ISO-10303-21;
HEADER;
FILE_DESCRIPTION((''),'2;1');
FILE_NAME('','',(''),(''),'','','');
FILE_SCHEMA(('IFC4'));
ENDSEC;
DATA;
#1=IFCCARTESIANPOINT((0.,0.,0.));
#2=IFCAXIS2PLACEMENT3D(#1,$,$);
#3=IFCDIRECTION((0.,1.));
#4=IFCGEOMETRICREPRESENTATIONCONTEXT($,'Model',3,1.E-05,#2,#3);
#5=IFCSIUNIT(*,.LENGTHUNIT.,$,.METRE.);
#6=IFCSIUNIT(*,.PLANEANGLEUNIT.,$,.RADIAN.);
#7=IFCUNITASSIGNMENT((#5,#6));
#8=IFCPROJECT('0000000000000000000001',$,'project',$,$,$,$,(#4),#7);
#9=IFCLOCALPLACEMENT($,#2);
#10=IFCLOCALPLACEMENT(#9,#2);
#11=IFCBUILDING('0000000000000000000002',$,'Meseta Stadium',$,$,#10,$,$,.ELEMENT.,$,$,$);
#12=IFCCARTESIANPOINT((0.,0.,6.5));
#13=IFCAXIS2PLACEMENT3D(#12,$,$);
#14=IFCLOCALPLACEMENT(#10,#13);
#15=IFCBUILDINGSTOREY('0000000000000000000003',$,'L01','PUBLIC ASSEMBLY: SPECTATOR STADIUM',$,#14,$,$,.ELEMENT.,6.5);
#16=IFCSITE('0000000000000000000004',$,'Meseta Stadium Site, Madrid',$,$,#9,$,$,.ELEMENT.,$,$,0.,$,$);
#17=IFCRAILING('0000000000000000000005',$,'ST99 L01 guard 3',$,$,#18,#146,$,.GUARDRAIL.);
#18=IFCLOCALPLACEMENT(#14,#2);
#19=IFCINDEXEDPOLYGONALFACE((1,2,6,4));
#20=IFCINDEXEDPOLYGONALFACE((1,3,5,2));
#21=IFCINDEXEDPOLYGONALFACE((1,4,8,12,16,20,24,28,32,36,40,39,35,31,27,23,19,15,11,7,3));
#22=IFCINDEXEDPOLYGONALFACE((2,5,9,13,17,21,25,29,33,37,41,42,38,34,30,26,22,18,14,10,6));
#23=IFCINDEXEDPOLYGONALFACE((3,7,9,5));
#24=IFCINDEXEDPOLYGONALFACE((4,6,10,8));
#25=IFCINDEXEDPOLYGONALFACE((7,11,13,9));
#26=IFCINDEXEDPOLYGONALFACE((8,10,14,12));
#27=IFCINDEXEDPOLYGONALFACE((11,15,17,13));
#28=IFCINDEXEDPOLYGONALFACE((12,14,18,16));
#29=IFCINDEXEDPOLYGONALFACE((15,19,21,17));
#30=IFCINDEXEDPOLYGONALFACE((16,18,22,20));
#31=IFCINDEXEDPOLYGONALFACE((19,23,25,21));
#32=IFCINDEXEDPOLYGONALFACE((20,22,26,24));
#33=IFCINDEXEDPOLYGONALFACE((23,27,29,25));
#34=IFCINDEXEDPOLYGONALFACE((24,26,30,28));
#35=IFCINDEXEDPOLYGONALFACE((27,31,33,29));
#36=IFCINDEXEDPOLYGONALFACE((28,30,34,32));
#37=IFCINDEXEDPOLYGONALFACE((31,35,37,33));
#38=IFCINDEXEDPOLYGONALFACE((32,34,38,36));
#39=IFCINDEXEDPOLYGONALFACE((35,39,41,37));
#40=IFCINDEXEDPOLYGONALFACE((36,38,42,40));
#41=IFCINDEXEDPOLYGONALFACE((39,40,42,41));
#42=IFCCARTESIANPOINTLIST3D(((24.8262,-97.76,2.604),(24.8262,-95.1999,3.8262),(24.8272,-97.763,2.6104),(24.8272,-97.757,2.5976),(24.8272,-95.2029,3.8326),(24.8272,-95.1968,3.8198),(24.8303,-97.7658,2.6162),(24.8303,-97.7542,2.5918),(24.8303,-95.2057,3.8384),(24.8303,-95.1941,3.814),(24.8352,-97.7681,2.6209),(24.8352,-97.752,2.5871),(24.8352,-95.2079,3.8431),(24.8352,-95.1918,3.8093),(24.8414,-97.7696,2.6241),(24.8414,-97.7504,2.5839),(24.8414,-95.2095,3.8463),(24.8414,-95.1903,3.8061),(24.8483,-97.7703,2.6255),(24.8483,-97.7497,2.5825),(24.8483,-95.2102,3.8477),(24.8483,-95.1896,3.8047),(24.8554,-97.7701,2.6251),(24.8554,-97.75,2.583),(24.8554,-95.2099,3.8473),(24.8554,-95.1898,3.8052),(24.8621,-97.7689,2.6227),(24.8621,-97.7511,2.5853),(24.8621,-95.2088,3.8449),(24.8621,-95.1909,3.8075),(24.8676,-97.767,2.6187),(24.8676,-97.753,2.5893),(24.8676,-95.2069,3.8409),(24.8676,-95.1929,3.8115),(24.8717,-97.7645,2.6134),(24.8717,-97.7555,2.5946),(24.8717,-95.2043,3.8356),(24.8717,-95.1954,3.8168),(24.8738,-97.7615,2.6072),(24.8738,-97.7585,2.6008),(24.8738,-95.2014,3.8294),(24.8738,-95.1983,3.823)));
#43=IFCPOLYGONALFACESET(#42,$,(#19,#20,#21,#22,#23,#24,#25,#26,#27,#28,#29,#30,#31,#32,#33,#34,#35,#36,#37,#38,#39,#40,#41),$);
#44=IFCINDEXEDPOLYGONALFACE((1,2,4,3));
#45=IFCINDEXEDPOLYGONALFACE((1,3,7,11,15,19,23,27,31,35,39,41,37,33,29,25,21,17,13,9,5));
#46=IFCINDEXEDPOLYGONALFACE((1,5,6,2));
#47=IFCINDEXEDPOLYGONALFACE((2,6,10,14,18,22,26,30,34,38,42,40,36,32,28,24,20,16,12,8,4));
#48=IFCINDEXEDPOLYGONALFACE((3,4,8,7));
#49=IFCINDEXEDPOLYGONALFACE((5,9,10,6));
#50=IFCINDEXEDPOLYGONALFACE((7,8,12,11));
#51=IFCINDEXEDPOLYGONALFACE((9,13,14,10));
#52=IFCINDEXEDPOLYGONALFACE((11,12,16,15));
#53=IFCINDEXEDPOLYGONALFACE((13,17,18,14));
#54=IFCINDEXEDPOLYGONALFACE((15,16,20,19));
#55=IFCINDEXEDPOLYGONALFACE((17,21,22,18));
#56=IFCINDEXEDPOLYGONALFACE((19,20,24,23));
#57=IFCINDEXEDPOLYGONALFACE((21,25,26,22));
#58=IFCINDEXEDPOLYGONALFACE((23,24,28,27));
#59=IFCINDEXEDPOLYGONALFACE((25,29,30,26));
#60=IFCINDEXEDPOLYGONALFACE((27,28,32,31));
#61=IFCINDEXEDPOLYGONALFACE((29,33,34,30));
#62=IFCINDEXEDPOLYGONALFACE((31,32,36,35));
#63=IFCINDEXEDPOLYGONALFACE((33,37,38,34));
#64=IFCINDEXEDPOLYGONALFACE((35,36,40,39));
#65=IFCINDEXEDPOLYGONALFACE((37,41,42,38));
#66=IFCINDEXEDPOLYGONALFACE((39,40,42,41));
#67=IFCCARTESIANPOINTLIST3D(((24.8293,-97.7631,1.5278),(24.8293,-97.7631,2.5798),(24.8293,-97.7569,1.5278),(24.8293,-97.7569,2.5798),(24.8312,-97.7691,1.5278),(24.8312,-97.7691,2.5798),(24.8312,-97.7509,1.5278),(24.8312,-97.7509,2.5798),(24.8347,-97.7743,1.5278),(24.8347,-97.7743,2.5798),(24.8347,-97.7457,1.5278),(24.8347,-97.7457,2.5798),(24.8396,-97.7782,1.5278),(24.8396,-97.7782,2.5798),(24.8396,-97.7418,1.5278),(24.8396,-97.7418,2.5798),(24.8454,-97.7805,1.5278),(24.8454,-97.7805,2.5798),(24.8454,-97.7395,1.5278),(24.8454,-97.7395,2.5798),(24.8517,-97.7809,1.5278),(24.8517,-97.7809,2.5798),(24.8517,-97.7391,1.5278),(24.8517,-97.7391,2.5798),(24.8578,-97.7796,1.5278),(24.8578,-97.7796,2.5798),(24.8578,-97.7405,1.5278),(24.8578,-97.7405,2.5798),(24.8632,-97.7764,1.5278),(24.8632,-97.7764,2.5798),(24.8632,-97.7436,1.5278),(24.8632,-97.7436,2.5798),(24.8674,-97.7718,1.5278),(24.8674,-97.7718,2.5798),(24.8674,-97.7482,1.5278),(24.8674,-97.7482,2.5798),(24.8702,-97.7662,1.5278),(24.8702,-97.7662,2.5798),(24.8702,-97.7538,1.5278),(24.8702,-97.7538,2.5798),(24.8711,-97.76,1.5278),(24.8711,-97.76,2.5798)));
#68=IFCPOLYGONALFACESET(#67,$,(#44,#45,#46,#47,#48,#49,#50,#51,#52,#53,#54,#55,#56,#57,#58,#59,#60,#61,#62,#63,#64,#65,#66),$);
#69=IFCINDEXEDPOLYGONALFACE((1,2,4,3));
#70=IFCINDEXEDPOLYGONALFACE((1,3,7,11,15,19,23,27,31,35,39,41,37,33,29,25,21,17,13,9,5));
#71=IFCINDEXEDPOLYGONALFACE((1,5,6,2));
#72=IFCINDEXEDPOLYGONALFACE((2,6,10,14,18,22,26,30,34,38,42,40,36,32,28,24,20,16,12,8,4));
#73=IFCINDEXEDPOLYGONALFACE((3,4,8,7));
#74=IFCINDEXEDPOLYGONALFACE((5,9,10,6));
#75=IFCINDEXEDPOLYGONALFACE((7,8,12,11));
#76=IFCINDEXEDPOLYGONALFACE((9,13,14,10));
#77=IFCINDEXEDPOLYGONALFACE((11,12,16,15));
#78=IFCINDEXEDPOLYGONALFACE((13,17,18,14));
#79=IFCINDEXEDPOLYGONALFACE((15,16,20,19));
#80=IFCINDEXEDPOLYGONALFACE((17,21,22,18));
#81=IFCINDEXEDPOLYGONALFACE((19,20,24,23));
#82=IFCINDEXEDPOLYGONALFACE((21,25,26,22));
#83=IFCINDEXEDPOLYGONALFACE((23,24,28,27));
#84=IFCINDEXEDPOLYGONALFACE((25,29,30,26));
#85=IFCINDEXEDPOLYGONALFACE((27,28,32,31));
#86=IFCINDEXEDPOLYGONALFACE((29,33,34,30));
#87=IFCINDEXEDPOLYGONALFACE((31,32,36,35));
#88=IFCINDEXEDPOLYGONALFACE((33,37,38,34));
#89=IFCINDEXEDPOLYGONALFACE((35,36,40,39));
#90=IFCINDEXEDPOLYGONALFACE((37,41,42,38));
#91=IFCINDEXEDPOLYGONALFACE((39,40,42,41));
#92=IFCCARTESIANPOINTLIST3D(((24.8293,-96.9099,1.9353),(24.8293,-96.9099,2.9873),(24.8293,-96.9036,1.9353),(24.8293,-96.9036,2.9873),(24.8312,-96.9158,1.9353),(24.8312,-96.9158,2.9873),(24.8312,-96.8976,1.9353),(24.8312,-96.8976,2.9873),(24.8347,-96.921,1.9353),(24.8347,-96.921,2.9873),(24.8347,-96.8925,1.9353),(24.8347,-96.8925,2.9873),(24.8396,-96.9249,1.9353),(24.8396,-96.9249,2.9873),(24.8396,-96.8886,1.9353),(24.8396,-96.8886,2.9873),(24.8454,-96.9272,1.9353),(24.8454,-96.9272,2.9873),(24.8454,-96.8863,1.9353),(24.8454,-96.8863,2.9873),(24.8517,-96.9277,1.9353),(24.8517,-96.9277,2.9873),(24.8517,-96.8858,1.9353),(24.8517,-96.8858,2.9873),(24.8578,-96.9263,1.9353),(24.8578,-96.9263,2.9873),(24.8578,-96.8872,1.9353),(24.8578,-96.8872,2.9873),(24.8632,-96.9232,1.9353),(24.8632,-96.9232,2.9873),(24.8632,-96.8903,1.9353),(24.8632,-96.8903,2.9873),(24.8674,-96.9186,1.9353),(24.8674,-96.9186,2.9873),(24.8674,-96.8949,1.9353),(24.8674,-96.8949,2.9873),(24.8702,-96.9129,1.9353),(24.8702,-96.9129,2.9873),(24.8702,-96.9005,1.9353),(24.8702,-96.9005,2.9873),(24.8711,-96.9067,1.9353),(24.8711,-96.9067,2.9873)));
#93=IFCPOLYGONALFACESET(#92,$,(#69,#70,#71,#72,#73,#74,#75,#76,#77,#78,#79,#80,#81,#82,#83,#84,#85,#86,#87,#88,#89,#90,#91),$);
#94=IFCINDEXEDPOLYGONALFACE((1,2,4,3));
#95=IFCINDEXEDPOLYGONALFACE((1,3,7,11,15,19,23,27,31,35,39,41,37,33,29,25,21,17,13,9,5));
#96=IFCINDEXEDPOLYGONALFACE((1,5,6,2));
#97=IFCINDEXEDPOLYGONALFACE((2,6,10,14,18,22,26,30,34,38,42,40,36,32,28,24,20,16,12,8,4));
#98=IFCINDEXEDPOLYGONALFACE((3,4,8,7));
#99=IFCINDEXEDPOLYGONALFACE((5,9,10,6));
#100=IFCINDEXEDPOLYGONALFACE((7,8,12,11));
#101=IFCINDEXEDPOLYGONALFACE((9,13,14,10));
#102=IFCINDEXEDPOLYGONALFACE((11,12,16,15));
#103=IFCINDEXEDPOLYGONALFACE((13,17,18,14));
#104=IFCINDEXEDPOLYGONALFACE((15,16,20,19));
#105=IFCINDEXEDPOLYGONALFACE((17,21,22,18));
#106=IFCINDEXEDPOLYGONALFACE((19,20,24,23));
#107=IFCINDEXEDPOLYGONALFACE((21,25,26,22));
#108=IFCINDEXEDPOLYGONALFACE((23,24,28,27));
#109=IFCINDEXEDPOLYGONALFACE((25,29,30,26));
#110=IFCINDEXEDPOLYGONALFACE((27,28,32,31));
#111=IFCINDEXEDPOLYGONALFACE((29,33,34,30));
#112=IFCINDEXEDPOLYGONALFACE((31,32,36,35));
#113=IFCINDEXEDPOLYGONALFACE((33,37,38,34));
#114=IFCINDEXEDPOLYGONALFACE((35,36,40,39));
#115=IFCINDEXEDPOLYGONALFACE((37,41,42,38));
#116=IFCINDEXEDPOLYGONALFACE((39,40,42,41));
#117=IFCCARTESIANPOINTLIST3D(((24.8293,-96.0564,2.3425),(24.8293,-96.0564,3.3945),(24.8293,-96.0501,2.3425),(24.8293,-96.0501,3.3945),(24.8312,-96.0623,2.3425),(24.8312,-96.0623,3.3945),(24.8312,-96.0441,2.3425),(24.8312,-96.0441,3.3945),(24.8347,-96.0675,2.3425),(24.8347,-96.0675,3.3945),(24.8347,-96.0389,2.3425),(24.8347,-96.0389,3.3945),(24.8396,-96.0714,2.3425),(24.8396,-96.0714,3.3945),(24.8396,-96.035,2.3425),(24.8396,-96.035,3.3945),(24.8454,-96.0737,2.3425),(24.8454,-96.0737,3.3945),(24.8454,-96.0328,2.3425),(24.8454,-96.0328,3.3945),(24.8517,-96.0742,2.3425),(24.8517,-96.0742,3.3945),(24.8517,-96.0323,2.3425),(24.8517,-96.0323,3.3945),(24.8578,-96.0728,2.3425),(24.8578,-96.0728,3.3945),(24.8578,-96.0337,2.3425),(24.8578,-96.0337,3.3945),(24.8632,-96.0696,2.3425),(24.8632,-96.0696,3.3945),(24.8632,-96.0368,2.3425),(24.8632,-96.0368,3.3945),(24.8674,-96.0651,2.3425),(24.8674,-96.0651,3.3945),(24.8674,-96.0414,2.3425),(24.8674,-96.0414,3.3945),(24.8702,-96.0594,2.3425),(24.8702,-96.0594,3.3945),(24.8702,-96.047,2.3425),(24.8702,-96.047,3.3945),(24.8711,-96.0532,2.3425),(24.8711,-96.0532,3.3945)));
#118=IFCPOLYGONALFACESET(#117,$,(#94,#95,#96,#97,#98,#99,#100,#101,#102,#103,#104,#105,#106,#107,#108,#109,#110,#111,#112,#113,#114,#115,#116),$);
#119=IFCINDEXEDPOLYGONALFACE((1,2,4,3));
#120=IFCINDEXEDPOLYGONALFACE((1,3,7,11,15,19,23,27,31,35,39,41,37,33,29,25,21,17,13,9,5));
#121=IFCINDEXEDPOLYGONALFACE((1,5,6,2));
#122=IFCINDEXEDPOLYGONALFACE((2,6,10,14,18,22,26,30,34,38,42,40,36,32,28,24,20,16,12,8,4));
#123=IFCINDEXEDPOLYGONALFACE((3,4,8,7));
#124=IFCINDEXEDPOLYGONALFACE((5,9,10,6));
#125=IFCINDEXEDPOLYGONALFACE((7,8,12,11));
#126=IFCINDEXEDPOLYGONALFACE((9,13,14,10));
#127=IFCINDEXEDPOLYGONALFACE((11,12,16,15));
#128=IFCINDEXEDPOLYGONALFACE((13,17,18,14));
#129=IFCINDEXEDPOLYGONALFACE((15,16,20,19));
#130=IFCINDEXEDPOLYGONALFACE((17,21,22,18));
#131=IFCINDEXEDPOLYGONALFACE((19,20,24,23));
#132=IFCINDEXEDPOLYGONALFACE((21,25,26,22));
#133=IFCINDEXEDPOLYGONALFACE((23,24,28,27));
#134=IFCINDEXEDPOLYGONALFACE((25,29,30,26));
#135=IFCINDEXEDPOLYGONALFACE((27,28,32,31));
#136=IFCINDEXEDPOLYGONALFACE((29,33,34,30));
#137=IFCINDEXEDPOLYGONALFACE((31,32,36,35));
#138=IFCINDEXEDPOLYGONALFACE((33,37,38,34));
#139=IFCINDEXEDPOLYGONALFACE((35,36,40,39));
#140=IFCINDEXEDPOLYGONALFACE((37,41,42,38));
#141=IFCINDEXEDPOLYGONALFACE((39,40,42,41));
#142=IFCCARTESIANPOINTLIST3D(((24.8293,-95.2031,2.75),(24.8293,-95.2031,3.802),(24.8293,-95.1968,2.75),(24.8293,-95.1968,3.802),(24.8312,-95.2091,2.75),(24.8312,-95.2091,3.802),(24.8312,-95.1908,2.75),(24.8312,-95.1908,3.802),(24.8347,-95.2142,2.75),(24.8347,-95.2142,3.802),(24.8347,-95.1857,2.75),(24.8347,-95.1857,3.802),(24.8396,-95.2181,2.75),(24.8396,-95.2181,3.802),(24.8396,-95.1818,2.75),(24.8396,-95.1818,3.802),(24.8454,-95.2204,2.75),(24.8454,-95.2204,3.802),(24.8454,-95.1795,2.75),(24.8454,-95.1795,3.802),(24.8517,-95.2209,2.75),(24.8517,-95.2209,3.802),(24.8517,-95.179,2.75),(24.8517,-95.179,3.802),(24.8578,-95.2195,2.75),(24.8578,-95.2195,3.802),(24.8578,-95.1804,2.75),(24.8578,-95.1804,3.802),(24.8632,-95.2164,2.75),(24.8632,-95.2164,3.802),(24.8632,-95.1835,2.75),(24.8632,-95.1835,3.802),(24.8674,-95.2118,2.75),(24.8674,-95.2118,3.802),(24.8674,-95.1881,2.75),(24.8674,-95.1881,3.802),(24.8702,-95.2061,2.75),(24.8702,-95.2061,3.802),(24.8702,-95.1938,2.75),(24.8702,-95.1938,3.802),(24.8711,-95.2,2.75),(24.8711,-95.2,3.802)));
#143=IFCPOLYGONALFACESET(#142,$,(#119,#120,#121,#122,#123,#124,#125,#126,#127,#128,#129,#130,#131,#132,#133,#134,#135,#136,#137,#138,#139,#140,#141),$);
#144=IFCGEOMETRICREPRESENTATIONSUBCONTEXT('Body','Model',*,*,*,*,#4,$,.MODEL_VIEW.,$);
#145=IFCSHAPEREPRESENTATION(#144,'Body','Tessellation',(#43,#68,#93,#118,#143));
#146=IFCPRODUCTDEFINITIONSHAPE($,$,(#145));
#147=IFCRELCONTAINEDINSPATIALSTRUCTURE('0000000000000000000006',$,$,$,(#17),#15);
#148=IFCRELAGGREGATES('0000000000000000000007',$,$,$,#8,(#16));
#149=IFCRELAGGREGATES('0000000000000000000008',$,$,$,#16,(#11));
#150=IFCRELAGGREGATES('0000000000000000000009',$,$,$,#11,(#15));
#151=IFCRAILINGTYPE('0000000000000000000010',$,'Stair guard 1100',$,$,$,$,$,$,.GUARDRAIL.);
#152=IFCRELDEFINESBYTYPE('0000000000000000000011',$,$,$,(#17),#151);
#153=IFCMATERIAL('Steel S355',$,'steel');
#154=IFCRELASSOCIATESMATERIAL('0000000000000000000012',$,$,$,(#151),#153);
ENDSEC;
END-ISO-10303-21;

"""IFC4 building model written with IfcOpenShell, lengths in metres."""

from ifc_helpers import new_model, si_unit, direction, frame, origin, origin_2d, place, context, subcontext, project, spatial, circle, extrude, material, type_object, element, save


model = new_model("IFC4")

# Units and contexts
model_context = context("Model", 3, precision=1e-05, world=origin(), true_north=direction((0.0, 1.0)))
body_context = subcontext(model_context, "Body", "Model", "MODEL_VIEW")
ifc_project = project(units=[si_unit("LENGTHUNIT", "METRE"), si_unit("PLANEANGLEUNIT", "RADIAN")], contexts=[model_context])

# Site, building, storey
site_placement = place(None, origin())
site = spatial("IfcSite", under=ifc_project, at=site_placement, Name="Meseta Stadium Site, Madrid", CompositionType="ELEMENT", RefElevation=0.0)
building_placement = place(site_placement, origin())
building = spatial("IfcBuilding", under=site, at=building_placement, Name="Meseta Stadium", CompositionType="ELEMENT")
storey_placement = place(building_placement, frame((0.0, 0.0, 6.5)))
storey = spatial("IfcBuildingStorey", under=building, at=storey_placement, Name="L01", Description="PUBLIC ASSEMBLY: SPECTATOR STADIUM", CompositionType="ELEMENT", Elevation=6.5)

# Railing
ifc_material_1 = material(Name="Steel S355", Category="steel")
railing_type_1 = type_object("IfcRailingType", Name="Stair guard 1100", PredefinedType="GUARDRAIL", material=ifc_material_1)
railing_1_placement = place(storey_placement, frame((24.8501, -97.76, 1.5278)))
element("IfcRailing", 1, at=railing_1_placement, inside=storey, type_object=railing_type_1, Name="ST99 L01 guard 3", PredefinedType="GUARDRAIL", context=body_context, shape_type="SweptSolid", body=[
    extrude(circle(Radius=0.0239, at=origin_2d()), frame((0.0, 0.0, 1.0762), z_axis=(0.0, 0.902437, 0.430822), x_axis=(-1.0, 0.0, 0.0)), (0.0, 0.0, 1.0), 2.8369),
    extrude(circle(Radius=0.021, at=origin_2d()), origin(), (0.0, 0.0, 1.0), 1.052),
    extrude(circle(Radius=0.021, at=origin_2d()), frame((0.0, 0.8533, 0.4075)), (0.0, 0.0, 1.0), 1.052),
    extrude(circle(Radius=0.021, at=origin_2d()), frame((0.0, 1.7068, 0.8147)), (0.0, 0.0, 1.0), 1.052),
    extrude(circle(Radius=0.021, at=origin_2d()), frame((0.0, 2.5601, 1.2222)), (0.0, 0.0, 1.0), 1.052),
])

save(model, "model.ifc")
